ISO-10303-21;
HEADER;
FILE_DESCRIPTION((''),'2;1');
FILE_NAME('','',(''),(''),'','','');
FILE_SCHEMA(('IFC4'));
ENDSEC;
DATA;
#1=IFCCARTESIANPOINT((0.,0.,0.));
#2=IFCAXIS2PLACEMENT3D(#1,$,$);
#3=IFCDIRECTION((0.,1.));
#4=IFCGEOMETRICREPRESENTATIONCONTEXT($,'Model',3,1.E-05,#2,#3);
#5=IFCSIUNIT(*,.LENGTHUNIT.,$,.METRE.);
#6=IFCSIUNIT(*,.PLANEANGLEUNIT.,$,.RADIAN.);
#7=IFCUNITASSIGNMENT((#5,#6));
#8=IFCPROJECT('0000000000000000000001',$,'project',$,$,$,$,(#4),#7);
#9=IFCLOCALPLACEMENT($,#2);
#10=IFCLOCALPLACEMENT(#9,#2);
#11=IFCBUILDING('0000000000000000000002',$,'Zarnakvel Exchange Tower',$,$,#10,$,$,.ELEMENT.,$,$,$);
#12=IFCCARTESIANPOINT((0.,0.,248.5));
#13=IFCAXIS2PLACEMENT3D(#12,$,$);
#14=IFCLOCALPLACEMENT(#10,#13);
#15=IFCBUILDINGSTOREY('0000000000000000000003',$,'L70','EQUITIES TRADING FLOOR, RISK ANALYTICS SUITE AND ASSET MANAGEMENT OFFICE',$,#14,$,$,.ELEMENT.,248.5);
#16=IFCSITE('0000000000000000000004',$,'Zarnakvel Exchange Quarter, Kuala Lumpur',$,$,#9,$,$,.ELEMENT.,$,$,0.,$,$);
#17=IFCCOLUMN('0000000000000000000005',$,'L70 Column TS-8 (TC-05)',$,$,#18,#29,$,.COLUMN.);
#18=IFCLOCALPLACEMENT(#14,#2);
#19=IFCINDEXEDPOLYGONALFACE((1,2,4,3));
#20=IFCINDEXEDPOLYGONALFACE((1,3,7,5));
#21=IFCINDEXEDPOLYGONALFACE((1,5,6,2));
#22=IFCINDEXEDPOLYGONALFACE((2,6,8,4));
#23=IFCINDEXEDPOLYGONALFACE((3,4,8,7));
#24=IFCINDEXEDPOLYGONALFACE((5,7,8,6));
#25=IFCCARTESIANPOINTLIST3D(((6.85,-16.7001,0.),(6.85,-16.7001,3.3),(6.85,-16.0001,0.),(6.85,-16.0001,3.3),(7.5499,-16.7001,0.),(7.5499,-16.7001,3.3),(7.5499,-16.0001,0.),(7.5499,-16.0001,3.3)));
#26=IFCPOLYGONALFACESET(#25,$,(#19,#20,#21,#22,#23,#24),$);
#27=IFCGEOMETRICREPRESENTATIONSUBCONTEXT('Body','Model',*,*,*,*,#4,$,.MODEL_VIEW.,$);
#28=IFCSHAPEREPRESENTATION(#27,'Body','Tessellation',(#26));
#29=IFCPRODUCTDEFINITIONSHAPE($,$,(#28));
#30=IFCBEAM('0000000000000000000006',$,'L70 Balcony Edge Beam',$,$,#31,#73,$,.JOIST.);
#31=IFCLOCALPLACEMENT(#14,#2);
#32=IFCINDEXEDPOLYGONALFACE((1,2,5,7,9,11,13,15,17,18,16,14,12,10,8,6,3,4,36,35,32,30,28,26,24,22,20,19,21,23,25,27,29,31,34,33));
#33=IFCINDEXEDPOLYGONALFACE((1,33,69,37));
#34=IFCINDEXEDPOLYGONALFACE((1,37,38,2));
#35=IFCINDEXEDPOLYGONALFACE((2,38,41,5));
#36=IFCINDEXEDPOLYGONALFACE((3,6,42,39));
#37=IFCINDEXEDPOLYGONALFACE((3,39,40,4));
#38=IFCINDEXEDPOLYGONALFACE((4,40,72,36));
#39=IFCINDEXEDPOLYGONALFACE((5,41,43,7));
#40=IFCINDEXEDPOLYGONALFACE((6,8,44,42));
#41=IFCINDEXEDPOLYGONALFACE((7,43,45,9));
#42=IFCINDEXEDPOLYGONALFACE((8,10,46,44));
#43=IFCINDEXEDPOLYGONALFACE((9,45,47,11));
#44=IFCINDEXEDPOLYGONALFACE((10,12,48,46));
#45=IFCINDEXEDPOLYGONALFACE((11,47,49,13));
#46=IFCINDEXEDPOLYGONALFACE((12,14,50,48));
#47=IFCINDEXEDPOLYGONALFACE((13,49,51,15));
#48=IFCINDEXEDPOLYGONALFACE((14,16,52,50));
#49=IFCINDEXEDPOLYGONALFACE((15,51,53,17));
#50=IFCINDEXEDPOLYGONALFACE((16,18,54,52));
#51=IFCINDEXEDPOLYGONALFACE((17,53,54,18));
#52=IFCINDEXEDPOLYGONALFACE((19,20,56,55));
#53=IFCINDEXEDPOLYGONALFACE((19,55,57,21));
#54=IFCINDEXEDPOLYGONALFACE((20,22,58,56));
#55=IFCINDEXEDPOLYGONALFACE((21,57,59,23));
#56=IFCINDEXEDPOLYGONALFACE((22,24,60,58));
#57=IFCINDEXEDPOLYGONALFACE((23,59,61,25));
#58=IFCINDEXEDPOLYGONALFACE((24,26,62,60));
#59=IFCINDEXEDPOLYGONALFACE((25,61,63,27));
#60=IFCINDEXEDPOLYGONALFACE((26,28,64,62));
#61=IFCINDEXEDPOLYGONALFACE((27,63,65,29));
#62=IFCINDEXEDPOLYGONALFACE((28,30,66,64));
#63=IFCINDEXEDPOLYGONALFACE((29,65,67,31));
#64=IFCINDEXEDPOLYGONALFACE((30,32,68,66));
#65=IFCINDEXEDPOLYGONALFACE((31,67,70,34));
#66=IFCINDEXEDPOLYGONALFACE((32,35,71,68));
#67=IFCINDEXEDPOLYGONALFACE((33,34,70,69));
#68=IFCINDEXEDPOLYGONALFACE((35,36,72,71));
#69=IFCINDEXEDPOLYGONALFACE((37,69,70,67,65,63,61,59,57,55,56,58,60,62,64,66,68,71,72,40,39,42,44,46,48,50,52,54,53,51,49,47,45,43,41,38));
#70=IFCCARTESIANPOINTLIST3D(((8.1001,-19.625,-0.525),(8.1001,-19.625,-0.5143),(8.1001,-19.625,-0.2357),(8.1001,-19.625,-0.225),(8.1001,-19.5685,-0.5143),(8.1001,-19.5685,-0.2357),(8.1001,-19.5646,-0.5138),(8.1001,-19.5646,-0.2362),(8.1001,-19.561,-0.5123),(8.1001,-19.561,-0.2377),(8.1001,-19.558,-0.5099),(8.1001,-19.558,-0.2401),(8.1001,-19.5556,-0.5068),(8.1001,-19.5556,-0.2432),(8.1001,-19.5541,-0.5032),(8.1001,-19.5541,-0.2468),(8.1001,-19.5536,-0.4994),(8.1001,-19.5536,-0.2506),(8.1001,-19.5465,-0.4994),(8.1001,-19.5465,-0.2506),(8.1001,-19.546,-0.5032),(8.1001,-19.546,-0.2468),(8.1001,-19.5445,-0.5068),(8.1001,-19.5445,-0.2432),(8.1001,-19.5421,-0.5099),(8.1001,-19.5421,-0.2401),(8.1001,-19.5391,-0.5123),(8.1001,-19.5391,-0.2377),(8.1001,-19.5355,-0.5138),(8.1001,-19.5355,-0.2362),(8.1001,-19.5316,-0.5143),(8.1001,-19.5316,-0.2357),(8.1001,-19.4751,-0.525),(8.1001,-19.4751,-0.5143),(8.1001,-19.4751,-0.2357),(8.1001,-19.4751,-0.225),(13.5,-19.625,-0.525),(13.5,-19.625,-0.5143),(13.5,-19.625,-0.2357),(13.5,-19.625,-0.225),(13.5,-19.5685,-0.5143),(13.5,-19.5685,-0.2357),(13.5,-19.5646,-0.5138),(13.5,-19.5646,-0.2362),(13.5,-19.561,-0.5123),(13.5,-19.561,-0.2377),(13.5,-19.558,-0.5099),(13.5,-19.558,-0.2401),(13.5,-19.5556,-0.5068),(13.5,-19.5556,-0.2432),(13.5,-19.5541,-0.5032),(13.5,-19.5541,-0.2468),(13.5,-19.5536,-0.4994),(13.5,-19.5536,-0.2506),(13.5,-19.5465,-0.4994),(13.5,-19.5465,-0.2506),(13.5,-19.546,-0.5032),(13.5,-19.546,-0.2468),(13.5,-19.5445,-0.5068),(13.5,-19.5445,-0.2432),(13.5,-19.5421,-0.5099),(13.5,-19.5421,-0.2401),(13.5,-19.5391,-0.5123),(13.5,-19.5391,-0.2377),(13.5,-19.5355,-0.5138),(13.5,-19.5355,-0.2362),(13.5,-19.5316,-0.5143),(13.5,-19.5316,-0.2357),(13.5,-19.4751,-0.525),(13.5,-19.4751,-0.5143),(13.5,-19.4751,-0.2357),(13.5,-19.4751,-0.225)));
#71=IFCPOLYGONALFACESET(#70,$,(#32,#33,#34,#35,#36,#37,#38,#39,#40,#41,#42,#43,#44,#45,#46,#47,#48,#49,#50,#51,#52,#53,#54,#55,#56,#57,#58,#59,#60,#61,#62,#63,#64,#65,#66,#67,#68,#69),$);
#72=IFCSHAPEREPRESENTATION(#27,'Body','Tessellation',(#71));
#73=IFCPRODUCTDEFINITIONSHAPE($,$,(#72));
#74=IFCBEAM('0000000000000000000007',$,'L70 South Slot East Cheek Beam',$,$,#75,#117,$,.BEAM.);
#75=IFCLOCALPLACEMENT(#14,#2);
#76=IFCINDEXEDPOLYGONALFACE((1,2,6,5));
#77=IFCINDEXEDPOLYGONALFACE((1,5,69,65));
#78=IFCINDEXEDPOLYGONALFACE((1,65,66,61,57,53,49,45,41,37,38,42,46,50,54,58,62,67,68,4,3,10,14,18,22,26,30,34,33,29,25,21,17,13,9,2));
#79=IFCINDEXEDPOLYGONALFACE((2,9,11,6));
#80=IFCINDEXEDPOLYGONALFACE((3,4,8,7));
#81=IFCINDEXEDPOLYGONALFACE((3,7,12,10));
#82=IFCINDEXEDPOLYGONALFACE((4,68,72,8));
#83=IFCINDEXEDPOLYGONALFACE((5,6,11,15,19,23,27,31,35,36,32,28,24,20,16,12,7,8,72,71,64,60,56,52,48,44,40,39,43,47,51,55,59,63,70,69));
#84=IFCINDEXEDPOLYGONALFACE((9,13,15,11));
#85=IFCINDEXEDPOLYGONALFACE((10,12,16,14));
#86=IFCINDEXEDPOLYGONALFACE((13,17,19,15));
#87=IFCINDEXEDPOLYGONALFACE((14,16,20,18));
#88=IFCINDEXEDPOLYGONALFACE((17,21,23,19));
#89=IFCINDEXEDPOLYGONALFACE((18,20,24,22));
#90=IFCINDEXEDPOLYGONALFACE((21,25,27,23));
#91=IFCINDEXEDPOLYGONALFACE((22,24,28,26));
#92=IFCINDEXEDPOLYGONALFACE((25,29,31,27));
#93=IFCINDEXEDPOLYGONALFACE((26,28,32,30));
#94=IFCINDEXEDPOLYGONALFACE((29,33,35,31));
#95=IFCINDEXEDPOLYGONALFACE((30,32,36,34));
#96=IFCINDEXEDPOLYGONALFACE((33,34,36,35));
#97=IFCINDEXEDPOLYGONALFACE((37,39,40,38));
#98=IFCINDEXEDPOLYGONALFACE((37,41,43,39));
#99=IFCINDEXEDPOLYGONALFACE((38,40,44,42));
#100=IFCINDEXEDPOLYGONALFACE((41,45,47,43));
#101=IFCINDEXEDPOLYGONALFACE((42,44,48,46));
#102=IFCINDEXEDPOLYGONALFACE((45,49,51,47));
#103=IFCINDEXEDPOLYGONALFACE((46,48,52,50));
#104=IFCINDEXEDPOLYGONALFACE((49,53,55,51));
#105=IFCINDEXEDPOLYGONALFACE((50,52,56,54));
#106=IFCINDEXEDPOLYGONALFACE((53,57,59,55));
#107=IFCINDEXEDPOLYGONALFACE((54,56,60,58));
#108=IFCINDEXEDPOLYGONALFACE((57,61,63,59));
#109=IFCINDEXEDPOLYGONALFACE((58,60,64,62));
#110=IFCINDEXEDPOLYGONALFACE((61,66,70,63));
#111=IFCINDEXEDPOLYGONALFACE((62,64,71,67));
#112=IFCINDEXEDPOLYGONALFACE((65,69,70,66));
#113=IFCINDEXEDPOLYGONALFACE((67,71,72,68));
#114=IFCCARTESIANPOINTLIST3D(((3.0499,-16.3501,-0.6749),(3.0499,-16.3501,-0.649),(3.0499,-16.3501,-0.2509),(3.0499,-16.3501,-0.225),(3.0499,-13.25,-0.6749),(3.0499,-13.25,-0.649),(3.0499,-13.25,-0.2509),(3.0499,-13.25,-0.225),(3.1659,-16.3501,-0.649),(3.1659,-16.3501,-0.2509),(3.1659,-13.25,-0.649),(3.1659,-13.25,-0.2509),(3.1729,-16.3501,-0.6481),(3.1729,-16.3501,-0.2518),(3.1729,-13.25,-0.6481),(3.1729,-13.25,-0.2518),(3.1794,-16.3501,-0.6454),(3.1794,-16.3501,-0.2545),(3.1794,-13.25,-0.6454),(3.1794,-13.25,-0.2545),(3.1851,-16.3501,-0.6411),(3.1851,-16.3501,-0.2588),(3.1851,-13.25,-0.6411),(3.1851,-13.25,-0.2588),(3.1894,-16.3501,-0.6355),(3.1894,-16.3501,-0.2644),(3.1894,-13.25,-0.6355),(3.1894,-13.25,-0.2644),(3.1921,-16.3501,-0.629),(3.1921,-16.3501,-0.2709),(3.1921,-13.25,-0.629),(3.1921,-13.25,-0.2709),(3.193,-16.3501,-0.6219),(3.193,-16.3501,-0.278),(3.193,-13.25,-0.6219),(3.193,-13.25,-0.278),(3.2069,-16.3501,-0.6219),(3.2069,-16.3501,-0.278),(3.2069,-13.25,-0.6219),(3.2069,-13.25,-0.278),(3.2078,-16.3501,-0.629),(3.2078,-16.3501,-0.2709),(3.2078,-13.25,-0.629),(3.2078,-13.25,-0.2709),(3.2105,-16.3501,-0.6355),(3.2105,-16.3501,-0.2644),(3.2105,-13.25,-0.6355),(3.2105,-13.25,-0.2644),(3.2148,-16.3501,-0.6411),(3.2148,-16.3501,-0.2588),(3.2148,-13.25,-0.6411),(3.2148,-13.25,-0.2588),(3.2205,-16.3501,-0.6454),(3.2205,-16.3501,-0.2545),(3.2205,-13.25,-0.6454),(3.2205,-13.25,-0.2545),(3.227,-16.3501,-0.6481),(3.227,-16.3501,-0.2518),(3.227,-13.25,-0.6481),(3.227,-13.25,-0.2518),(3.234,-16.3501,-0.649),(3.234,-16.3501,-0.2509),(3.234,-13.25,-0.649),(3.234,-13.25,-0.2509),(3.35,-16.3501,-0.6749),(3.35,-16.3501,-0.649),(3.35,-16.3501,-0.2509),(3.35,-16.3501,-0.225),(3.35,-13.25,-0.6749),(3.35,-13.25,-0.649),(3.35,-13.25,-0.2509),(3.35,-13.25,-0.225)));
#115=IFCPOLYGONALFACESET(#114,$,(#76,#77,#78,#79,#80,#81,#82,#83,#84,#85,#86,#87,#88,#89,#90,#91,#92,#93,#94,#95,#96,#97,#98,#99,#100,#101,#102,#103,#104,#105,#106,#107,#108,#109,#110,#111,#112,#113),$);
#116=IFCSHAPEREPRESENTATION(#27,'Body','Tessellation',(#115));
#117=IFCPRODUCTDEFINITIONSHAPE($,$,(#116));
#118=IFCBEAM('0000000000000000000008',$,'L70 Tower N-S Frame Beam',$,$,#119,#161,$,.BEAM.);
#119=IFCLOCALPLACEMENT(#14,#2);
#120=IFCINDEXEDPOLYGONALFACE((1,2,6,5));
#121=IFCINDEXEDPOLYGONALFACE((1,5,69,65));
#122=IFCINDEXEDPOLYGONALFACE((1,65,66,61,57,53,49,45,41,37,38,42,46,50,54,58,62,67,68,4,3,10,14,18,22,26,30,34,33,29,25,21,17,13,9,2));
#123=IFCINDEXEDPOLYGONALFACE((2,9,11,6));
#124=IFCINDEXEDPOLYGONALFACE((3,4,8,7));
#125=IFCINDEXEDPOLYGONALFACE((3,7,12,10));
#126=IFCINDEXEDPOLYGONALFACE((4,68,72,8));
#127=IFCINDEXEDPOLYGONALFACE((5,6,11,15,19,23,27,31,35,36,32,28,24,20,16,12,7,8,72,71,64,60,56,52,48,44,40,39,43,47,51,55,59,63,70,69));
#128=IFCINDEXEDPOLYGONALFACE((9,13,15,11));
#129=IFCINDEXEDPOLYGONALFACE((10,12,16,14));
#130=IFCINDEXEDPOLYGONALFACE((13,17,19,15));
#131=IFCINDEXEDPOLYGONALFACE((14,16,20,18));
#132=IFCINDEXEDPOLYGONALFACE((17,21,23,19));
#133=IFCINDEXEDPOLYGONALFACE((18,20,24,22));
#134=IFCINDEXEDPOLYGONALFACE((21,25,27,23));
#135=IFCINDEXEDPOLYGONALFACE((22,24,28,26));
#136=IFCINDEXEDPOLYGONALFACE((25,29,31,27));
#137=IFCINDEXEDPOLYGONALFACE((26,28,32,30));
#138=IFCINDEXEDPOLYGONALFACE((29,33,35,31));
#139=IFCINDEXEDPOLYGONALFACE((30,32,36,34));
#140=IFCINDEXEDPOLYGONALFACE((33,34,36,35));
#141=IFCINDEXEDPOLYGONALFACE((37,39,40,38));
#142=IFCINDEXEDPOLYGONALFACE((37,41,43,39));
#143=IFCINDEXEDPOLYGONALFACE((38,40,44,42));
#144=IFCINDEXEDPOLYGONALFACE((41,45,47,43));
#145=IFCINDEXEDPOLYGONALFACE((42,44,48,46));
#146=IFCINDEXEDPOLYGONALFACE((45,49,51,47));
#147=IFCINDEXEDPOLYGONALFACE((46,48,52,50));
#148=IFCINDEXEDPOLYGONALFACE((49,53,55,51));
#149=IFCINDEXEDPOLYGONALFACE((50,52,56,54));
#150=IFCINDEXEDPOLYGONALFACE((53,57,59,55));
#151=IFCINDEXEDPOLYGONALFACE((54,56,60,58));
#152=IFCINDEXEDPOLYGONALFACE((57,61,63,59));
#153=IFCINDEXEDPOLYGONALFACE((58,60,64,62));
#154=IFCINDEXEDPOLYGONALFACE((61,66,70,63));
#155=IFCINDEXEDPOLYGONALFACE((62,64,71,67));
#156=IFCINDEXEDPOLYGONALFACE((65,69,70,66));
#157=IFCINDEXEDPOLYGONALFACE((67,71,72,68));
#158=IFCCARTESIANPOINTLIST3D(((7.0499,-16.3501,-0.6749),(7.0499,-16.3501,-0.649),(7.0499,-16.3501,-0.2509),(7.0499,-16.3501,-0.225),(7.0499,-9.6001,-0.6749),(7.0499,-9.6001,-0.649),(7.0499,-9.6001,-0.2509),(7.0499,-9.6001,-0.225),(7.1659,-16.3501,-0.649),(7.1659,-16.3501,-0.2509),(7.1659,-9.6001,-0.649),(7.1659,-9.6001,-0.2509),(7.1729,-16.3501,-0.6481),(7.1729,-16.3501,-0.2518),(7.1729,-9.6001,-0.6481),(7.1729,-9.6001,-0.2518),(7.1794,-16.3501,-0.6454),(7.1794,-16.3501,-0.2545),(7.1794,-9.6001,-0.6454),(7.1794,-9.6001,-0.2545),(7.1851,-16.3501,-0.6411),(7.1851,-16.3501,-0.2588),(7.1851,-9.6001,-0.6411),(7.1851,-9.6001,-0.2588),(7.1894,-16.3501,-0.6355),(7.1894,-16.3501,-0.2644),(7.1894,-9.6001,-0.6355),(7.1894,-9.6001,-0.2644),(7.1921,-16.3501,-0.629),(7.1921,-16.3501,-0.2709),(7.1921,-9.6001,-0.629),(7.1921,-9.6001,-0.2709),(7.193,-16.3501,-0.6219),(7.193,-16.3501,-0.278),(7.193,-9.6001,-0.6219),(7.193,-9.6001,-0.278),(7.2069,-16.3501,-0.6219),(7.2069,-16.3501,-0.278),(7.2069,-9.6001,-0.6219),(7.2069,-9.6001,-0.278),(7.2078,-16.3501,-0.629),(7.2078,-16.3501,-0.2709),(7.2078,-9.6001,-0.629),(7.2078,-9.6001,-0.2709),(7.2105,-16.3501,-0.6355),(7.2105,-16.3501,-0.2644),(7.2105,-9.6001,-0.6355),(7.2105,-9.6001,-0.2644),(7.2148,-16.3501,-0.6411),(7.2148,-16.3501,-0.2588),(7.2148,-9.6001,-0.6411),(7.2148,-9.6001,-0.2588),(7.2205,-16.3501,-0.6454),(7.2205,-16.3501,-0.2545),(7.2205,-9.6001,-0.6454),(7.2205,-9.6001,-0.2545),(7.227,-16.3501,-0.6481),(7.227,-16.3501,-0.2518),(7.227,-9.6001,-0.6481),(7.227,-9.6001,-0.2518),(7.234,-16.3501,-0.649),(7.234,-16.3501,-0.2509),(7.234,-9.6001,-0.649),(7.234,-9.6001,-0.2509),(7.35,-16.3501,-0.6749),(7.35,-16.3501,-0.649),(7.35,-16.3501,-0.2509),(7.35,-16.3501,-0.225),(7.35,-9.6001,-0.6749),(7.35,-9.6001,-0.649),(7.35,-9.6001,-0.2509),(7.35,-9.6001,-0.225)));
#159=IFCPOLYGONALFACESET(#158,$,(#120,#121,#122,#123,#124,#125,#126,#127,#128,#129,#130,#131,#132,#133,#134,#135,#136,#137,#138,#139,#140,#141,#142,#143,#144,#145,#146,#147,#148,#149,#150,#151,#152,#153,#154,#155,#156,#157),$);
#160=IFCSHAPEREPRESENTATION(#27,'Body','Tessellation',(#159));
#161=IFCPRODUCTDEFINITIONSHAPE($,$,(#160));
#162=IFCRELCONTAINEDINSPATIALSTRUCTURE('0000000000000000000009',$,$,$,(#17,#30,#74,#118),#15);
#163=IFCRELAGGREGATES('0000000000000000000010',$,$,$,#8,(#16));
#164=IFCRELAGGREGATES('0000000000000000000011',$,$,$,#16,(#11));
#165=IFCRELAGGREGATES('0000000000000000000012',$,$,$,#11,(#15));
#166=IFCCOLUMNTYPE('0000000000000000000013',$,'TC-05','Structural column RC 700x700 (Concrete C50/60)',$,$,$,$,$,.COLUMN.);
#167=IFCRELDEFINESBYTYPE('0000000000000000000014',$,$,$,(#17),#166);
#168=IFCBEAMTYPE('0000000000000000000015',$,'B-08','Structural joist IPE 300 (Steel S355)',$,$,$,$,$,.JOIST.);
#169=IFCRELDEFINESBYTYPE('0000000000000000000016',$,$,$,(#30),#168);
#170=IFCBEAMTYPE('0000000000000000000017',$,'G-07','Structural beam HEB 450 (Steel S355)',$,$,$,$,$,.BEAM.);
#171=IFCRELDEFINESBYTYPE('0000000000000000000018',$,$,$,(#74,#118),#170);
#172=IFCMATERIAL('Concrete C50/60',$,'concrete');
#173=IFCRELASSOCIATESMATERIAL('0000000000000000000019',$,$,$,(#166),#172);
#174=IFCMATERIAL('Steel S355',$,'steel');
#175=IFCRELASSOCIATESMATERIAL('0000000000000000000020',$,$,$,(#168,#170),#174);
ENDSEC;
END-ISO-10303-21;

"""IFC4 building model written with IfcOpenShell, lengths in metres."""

from ifc_helpers import new_model, si_unit, direction, frame, origin, origin_2d, place, context, subcontext, project, spatial, rectangle, i_section, extrude, material, material_profile, profile_set, type_object, element, save


model = new_model("IFC4")

# Units and contexts
model_context = context("Model", 3, precision=1e-05, world=origin(), true_north=direction((0.0, 1.0)))
body_context = subcontext(model_context, "Body", "Model", "MODEL_VIEW")
ifc_project = project(units=[si_unit("LENGTHUNIT", "METRE"), si_unit("PLANEANGLEUNIT", "RADIAN")], contexts=[model_context])

# Site, building, storey
site_placement = place(None, origin())
site = spatial("IfcSite", under=ifc_project, at=site_placement, Name="Zarnakvel Exchange Quarter, Kuala Lumpur", CompositionType="ELEMENT", RefElevation=0.0)
building_placement = place(site_placement, origin())
building = spatial("IfcBuilding", under=site, at=building_placement, Name="Zarnakvel Exchange Tower", CompositionType="ELEMENT")
storey_placement = place(building_placement, frame((0.0, 0.0, 248.5)))
storey = spatial("IfcBuildingStorey", under=building, at=storey_placement, Name="L70", Description="EQUITIES TRADING FLOOR, RISK ANALYTICS SUITE AND ASSET MANAGEMENT OFFICE", CompositionType="ELEMENT", Elevation=248.5)

# Column
ifc_material_1 = material(Name="Concrete C50/60", Category="concrete")
ifc_material_profile_1 = material_profile(ifc_material_1, rectangle(XDim=0.7, YDim=0.7, at=origin_2d()))
ifc_profile_set_1 = profile_set([ifc_material_profile_1], Name="Concrete C50/60")
column_type = type_object("IfcColumnType", Name="TC-05", Description="Structural column RC 700x700 (Concrete C50/60)", PredefinedType="COLUMN", material=ifc_profile_set_1)
column_placement = place(storey_placement, frame((7.2, -16.3501, 0.0), z_axis=(0.0, 0.0, 1.0), x_axis=(1.0, 0.0, 0.0)))
element("IfcColumn", 1, at=column_placement, inside=storey, type_object=column_type, Name="L70 Column TS-8 (TC-05)", PredefinedType="COLUMN", context=body_context, shape_type="SweptSolid", body=[
    extrude(rectangle(XDim=0.7, YDim=0.7, at=origin_2d()), origin(), (0.0, 0.0, 1.0), 3.3),
])

# Beams
ifc_material_2 = material(Name="Steel S355", Category="steel")
ifc_material_profile_2 = material_profile(ifc_material_2, i_section(OverallWidth=0.1499, OverallDepth=0.3, WebThickness=0.0071, FlangeThickness=0.0107, FilletRadius=0.0149, at=origin_2d()))
ifc_profile_set_2 = profile_set([ifc_material_profile_2], Name="Steel S355")
beam_type_1 = type_object("IfcBeamType", Name="B-08", Description="Structural joist IPE 300 (Steel S355)", PredefinedType="JOIST", material=ifc_profile_set_2)
beam_1_placement = place(storey_placement, frame((8.1001, -19.55, -0.375), z_axis=(1.0, 0.0, 0.0), x_axis=(0.0, 1.0, 0.0)))
element("IfcBeam", 2, at=beam_1_placement, inside=storey, type_object=beam_type_1, Name="L70 Balcony Edge Beam", PredefinedType="JOIST", context=body_context, shape_type="SweptSolid", body=[
    extrude(i_section(OverallWidth=0.1499, OverallDepth=0.3, WebThickness=0.0071, FlangeThickness=0.0107, FilletRadius=0.0149, at=origin_2d()), origin(), (0.0, 0.0, 1.0), 5.3999),
])
ifc_material_profile_3 = material_profile(ifc_material_2, i_section(OverallWidth=0.3, OverallDepth=0.45, WebThickness=0.0139, FlangeThickness=0.0259, FilletRadius=0.0271, at=origin_2d()))
ifc_profile_set_3 = profile_set([ifc_material_profile_3], Name="Steel S355")
beam_type_2 = type_object("IfcBeamType", Name="G-07", Description="Structural beam HEB 450 (Steel S355)", PredefinedType="BEAM", material=ifc_profile_set_3)
beam_2_placement = place(storey_placement, frame((3.2, -16.3501, -0.45), z_axis=(0.0, 1.0, 0.0), x_axis=(-1.0, 0.0, 0.0)))
element("IfcBeam", 3, at=beam_2_placement, inside=storey, type_object=beam_type_2, Name="L70 South Slot East Cheek Beam", PredefinedType="BEAM", context=body_context, shape_type="SweptSolid", body=[
    extrude(i_section(OverallWidth=0.3, OverallDepth=0.45, WebThickness=0.0139, FlangeThickness=0.0259, FilletRadius=0.0271, at=origin_2d()), origin(), (0.0, 0.0, 1.0), 3.1001),
])
beam_3_placement = place(storey_placement, frame((7.2, -16.3501, -0.45), z_axis=(0.0, 1.0, 0.0), x_axis=(-1.0, 0.0, 0.0)))
element("IfcBeam", 4, at=beam_3_placement, inside=storey, type_object=beam_type_2, Name="L70 Tower N-S Frame Beam", PredefinedType="BEAM", context=body_context, shape_type="SweptSolid", body=[
    extrude(i_section(OverallWidth=0.3, OverallDepth=0.45, WebThickness=0.0139, FlangeThickness=0.0259, FilletRadius=0.0271, at=origin_2d()), origin(), (0.0, 0.0, 1.0), 6.75),
])

save(model, "model.ifc")
